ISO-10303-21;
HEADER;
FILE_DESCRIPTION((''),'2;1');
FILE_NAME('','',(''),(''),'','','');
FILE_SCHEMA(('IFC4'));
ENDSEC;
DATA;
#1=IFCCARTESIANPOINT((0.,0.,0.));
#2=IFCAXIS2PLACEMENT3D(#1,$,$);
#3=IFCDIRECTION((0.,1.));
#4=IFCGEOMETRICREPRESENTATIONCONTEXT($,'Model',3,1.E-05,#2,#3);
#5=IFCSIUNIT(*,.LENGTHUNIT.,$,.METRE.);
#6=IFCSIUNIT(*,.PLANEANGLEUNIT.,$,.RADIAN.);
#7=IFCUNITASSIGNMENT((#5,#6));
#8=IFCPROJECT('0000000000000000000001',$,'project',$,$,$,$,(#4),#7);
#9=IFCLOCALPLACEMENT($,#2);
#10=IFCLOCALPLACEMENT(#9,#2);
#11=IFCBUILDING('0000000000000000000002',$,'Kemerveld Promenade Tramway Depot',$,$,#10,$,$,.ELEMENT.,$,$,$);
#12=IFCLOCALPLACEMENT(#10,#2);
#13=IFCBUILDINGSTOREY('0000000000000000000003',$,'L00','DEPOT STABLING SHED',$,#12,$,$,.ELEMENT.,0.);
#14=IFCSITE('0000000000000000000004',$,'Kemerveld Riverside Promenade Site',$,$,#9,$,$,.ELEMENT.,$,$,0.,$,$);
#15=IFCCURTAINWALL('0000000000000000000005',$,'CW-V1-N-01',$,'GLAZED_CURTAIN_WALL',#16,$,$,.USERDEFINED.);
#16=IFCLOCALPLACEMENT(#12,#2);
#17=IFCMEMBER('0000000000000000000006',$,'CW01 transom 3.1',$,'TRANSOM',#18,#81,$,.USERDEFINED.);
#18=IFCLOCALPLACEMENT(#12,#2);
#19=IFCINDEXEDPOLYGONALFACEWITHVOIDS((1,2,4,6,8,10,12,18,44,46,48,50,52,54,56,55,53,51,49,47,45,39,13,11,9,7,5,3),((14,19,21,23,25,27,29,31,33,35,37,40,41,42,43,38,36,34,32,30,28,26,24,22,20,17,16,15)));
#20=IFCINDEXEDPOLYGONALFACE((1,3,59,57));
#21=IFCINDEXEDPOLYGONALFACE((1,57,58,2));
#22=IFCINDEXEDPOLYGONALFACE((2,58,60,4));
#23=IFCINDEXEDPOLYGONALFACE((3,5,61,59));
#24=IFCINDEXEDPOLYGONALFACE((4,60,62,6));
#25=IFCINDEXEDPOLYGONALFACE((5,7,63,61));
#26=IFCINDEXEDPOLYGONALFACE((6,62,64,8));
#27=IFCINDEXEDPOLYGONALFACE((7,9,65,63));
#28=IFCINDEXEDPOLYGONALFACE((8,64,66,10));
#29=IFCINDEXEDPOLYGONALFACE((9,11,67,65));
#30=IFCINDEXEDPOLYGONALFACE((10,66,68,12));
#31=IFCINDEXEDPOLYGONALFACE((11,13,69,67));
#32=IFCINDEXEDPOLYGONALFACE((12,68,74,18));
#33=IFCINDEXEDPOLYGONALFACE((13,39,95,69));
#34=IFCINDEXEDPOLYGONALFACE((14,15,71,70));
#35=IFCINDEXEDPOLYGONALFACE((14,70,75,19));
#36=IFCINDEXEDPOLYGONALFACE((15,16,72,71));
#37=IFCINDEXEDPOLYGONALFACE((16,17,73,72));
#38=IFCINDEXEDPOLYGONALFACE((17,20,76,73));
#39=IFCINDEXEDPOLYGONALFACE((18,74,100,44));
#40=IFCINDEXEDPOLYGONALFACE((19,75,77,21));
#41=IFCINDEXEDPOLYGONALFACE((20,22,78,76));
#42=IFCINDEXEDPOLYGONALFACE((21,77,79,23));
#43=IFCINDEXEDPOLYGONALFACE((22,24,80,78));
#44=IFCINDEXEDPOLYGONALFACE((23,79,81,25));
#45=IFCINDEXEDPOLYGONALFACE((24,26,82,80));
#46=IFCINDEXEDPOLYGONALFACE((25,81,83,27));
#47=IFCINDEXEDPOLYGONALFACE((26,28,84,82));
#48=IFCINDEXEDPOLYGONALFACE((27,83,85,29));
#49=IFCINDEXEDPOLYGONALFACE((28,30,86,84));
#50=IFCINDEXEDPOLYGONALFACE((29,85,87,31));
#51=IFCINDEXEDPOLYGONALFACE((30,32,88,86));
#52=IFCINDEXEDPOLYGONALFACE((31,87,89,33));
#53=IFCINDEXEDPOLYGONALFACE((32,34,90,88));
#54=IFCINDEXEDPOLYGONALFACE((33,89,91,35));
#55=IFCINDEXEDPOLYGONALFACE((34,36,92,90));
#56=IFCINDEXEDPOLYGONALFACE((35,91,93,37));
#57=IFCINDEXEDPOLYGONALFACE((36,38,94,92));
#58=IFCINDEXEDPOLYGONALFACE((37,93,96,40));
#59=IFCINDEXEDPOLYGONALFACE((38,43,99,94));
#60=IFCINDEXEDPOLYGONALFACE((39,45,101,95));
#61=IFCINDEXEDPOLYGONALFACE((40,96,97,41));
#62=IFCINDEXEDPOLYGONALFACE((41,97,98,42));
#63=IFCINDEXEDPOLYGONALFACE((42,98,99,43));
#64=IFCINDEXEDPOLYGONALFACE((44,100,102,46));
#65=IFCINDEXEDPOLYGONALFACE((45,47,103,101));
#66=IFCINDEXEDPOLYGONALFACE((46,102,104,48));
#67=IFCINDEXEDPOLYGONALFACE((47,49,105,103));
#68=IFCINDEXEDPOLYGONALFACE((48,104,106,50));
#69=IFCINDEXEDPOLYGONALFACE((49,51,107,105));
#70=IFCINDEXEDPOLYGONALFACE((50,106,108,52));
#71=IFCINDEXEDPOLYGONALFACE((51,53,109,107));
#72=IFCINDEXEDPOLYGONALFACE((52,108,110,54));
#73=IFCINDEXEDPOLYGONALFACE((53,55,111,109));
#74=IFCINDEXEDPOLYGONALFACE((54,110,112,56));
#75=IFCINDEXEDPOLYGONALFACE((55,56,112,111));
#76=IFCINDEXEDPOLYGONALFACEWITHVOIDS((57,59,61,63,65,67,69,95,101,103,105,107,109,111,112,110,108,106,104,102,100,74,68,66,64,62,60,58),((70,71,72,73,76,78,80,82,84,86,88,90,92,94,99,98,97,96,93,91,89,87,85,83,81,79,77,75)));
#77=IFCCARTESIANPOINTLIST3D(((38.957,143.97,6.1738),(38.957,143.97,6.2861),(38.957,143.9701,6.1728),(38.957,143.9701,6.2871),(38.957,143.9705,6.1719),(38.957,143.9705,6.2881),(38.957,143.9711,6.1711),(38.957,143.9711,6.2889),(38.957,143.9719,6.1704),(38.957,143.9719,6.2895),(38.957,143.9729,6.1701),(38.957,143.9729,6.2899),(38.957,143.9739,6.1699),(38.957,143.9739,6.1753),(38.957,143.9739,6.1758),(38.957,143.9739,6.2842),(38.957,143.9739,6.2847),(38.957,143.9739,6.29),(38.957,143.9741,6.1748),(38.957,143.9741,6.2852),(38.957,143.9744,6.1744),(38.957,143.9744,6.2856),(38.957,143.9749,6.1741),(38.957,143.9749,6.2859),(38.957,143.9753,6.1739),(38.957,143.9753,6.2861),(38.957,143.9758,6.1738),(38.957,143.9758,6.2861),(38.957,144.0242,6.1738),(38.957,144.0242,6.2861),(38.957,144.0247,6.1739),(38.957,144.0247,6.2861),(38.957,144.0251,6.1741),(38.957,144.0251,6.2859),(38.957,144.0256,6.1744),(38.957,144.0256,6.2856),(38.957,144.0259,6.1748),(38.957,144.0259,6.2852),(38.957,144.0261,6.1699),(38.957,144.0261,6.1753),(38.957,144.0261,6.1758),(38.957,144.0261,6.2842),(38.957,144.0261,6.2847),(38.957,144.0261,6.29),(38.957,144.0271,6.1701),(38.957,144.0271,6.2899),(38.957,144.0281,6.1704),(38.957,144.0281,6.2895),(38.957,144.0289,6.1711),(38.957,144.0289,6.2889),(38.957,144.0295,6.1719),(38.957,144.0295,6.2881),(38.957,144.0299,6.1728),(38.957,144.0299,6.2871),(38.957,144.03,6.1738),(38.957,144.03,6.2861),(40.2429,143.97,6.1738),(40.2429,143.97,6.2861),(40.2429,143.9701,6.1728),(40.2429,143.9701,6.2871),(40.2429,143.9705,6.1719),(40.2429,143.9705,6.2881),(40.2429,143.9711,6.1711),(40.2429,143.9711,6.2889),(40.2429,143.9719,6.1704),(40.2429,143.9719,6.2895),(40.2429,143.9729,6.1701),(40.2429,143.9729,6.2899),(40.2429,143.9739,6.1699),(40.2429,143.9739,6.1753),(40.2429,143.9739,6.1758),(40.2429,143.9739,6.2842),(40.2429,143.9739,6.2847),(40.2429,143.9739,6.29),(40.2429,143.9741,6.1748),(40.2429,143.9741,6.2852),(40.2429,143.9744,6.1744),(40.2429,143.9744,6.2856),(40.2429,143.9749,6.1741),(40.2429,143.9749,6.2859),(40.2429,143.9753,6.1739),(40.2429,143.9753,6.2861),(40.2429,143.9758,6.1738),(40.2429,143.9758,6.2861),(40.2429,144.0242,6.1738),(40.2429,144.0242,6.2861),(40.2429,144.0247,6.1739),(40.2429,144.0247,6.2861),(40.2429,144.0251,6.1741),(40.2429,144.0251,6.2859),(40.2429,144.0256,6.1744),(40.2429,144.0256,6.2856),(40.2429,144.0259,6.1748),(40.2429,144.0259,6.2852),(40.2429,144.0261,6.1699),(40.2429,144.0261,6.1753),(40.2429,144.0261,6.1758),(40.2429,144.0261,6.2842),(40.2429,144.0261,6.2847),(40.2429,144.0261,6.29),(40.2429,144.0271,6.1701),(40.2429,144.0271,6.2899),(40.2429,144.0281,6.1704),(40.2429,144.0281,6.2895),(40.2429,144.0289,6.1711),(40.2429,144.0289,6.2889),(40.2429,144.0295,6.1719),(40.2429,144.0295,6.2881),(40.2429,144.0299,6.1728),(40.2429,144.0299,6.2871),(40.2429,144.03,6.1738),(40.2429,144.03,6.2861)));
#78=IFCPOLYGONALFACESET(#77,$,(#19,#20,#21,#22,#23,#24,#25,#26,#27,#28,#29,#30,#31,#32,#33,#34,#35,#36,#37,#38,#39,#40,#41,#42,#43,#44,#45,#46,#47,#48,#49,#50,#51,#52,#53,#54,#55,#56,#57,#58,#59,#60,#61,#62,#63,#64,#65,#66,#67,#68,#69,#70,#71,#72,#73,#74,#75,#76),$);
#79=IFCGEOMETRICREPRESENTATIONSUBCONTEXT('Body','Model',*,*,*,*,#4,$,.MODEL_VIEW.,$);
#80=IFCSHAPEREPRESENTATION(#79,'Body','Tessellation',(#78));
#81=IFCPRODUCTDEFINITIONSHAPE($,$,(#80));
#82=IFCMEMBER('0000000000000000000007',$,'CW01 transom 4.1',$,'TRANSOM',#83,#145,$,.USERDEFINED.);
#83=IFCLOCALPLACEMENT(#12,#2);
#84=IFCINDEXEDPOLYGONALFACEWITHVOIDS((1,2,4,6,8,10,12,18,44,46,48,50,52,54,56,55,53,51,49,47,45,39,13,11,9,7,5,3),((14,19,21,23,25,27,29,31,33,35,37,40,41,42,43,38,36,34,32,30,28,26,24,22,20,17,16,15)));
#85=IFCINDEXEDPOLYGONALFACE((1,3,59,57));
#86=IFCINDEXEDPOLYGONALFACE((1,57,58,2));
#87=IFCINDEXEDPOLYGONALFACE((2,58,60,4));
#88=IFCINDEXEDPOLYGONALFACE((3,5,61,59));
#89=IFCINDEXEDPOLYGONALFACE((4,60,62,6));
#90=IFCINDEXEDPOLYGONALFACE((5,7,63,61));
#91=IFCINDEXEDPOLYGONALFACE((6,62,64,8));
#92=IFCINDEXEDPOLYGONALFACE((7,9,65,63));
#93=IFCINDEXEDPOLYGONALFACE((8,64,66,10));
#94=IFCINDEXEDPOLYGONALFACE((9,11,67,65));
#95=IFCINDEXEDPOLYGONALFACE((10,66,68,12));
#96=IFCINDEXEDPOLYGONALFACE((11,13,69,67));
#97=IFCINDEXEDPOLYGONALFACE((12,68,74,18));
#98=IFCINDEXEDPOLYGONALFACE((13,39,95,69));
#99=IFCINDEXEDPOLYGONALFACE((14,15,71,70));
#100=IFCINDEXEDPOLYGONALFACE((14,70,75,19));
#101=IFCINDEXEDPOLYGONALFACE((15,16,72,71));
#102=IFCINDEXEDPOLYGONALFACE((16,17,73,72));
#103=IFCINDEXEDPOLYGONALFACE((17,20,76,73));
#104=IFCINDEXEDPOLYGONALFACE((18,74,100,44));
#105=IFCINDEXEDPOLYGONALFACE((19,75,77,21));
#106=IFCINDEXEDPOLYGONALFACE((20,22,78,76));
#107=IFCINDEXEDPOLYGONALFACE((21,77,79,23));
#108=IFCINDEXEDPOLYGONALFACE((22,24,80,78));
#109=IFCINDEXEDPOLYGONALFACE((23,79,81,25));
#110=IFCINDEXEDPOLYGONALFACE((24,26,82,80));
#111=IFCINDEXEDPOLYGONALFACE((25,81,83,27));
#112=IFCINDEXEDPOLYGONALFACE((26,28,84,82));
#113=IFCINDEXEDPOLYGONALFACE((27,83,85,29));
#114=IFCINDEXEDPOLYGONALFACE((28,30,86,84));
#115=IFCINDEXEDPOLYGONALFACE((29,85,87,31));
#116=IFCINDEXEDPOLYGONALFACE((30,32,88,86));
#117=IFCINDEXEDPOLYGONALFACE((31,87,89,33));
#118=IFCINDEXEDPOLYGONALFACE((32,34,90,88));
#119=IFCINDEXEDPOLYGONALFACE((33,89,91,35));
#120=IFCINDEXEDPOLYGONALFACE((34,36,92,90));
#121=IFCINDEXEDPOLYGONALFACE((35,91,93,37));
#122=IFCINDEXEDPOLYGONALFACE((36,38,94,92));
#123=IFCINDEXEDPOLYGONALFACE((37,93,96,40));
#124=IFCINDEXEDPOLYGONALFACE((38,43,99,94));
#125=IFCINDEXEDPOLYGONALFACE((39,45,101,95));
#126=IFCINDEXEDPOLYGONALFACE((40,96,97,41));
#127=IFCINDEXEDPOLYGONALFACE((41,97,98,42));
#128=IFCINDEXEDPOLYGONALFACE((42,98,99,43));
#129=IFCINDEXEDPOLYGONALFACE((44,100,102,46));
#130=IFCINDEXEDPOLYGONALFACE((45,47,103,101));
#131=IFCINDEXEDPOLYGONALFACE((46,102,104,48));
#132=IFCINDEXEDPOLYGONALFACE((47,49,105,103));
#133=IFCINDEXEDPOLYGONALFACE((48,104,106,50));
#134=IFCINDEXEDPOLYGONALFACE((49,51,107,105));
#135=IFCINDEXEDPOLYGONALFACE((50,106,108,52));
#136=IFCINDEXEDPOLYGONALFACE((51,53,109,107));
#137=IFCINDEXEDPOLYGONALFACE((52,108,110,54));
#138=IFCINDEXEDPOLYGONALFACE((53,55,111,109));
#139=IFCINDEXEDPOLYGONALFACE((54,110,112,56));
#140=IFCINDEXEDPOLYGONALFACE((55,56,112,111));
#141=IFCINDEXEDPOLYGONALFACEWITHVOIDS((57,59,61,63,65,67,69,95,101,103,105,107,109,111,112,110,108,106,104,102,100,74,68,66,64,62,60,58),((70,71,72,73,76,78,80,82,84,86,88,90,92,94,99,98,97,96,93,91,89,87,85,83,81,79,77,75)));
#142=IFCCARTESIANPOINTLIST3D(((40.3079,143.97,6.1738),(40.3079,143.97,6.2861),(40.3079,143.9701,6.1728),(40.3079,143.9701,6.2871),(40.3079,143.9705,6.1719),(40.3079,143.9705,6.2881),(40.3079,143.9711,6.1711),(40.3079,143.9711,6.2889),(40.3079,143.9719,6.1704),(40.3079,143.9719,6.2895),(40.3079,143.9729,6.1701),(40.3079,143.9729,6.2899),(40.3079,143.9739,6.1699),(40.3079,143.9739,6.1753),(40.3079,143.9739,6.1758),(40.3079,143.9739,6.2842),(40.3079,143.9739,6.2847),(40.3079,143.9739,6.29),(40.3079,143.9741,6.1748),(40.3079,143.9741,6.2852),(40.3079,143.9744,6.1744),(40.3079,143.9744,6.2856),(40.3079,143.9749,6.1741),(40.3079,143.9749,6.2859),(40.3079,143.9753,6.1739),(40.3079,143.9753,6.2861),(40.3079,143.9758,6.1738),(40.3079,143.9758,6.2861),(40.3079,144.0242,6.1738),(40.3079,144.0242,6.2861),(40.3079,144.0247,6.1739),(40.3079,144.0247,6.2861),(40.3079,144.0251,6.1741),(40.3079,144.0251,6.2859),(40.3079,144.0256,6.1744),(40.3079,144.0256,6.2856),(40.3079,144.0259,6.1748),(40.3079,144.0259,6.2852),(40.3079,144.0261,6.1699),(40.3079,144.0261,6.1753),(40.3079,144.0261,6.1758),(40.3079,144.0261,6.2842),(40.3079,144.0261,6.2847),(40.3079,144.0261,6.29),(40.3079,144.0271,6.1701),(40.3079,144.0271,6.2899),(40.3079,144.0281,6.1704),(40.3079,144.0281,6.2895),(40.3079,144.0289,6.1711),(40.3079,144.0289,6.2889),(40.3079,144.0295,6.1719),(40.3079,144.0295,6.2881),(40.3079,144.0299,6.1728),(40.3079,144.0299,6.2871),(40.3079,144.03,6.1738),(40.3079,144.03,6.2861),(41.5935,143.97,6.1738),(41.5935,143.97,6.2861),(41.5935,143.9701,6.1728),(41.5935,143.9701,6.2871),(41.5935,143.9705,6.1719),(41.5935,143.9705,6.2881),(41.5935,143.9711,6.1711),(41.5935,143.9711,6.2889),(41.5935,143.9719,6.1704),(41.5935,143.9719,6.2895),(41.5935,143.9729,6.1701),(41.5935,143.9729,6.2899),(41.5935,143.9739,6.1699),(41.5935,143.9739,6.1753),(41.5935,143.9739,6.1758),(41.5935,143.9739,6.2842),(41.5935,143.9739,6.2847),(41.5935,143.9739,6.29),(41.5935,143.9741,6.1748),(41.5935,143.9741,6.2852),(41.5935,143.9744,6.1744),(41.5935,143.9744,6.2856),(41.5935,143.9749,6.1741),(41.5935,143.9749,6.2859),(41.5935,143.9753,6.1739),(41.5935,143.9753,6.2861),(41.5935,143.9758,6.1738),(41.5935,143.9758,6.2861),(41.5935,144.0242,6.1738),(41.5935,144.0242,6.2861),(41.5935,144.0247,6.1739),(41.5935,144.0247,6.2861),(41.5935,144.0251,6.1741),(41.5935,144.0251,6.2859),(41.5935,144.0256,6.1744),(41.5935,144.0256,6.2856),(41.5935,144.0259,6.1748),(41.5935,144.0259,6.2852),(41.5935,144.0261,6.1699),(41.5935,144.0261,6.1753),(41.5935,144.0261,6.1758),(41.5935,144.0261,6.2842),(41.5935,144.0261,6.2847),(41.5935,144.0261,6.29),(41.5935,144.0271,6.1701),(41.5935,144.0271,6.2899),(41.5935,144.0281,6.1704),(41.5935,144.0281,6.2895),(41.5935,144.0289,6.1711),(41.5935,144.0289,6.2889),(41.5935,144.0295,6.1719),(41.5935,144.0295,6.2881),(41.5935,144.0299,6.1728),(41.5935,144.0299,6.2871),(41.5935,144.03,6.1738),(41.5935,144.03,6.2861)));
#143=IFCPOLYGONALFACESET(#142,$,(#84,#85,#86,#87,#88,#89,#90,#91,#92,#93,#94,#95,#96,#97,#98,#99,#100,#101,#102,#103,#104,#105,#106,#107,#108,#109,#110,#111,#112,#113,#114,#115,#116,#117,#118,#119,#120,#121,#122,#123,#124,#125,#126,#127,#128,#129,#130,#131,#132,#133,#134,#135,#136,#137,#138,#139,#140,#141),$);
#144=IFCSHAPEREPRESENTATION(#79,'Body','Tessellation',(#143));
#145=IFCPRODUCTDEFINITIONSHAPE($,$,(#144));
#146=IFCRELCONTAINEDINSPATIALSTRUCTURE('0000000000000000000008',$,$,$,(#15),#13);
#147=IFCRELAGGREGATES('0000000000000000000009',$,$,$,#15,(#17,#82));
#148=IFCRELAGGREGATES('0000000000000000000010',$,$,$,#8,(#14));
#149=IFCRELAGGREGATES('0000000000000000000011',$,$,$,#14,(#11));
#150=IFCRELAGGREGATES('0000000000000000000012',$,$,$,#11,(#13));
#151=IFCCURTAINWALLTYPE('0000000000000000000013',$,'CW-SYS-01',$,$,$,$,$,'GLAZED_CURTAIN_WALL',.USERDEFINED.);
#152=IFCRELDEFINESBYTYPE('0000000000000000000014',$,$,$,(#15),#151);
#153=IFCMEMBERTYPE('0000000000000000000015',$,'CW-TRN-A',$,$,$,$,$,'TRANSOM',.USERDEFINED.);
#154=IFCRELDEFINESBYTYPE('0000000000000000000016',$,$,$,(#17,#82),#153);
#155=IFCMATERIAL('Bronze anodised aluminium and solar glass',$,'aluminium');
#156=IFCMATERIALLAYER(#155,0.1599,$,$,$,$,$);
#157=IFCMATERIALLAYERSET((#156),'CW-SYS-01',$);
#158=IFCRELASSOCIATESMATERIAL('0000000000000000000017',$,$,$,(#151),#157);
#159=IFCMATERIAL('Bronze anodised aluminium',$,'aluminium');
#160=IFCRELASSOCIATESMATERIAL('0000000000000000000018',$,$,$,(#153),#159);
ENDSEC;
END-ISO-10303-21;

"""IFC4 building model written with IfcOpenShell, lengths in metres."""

from ifc_helpers import new_model, si_unit, direction, frame, origin, origin_2d, place, context, subcontext, project, spatial, hollow_rectangle, extrude, material, layer, layer_set, material_profile, profile_set, type_object, element, aggregate, save


model = new_model("IFC4")

# Units and contexts
model_context = context("Model", 3, precision=1e-05, world=origin(), true_north=direction((0.0, 1.0)))
body_context = subcontext(model_context, "Body", "Model", "MODEL_VIEW")
ifc_project = project(units=[si_unit("LENGTHUNIT", "METRE"), si_unit("PLANEANGLEUNIT", "RADIAN")], contexts=[model_context])

# Site, building, storey
site_placement = place(None, origin())
site = spatial("IfcSite", under=ifc_project, at=site_placement, Name="Kemerveld Riverside Promenade Site", CompositionType="ELEMENT", RefElevation=0.0)
building_placement = place(site_placement, origin())
building = spatial("IfcBuilding", under=site, at=building_placement, Name="Kemerveld Promenade Tramway Depot", CompositionType="ELEMENT")
storey_placement = place(building_placement, origin())
storey = spatial("IfcBuildingStorey", under=building, at=storey_placement, Name="L00", Description="DEPOT STABLING SHED", CompositionType="ELEMENT", Elevation=0.0)

# Curtain wall
ifc_material_1 = material(Name="Bronze anodised aluminium and solar glass", Category="aluminium")
ifc_layer_1 = layer(ifc_material_1, 0.1599)
ifc_layer_set_1 = layer_set([ifc_layer_1], Name="CW-SYS-01")
curtain_wall_type_1 = type_object("IfcCurtainWallType", Name="CW-SYS-01", ElementType="GLAZED_CURTAIN_WALL", PredefinedType="USERDEFINED", material=ifc_layer_set_1)
curtain_wall_1_placement = place(storey_placement, origin())
curtain_wall_1 = element("IfcCurtainWall", 1, at=curtain_wall_1_placement, inside=storey, type_object=curtain_wall_type_1, Name="CW-V1-N-01", ObjectType="GLAZED_CURTAIN_WALL", PredefinedType="USERDEFINED")
ifc_material_2 = material(Name="Bronze anodised aluminium", Category="aluminium")

# Members
ifc_material_profile_1 = material_profile(ifc_material_2, hollow_rectangle(XDim=0.0601, YDim=0.1201, WallThickness=0.0039, InnerFilletRadius=0.002, OuterFilletRadius=0.0039, at=origin_2d()), Name="CW-TRN-120x60")
ifc_profile_set_1 = profile_set([ifc_material_profile_1], Name="Bronze anodised aluminium")
member_type_1 = type_object("IfcMemberType", Name="CW-TRN-A", ElementType="TRANSOM", PredefinedType="USERDEFINED", material=ifc_profile_set_1)
member_1_placement = place(storey_placement, frame((38.957, 144.0, 6.23), z_axis=(1.0, 0.0, 0.0), x_axis=(0.0, 1.0, 0.0)))
member_1 = element("IfcMember", 2, at=member_1_placement, type_object=member_type_1, Name="CW01 transom 3.1", ObjectType="TRANSOM", PredefinedType="USERDEFINED", context=body_context, shape_type="SweptSolid", body=[
    extrude(hollow_rectangle(XDim=0.0601, YDim=0.1201, WallThickness=0.0039, InnerFilletRadius=0.002, OuterFilletRadius=0.0039, at=origin_2d()), origin(), (0.0, 0.0, 1.0), 1.2859),
])
member_2_placement = place(storey_placement, frame((40.3079, 144.0, 6.23), z_axis=(1.0, 0.0, 0.0), x_axis=(0.0, 1.0, 0.0)))
member_2 = element("IfcMember", 3, at=member_2_placement, type_object=member_type_1, Name="CW01 transom 4.1", ObjectType="TRANSOM", PredefinedType="USERDEFINED", context=body_context, shape_type="SweptSolid", body=[
    extrude(hollow_rectangle(XDim=0.0601, YDim=0.1201, WallThickness=0.0039, InnerFilletRadius=0.002, OuterFilletRadius=0.0039, at=origin_2d()), origin(), (0.0, 0.0, 1.0), 1.2856),
])

aggregate(curtain_wall_1, [member_1, member_2])

save(model, "model.ifc")
